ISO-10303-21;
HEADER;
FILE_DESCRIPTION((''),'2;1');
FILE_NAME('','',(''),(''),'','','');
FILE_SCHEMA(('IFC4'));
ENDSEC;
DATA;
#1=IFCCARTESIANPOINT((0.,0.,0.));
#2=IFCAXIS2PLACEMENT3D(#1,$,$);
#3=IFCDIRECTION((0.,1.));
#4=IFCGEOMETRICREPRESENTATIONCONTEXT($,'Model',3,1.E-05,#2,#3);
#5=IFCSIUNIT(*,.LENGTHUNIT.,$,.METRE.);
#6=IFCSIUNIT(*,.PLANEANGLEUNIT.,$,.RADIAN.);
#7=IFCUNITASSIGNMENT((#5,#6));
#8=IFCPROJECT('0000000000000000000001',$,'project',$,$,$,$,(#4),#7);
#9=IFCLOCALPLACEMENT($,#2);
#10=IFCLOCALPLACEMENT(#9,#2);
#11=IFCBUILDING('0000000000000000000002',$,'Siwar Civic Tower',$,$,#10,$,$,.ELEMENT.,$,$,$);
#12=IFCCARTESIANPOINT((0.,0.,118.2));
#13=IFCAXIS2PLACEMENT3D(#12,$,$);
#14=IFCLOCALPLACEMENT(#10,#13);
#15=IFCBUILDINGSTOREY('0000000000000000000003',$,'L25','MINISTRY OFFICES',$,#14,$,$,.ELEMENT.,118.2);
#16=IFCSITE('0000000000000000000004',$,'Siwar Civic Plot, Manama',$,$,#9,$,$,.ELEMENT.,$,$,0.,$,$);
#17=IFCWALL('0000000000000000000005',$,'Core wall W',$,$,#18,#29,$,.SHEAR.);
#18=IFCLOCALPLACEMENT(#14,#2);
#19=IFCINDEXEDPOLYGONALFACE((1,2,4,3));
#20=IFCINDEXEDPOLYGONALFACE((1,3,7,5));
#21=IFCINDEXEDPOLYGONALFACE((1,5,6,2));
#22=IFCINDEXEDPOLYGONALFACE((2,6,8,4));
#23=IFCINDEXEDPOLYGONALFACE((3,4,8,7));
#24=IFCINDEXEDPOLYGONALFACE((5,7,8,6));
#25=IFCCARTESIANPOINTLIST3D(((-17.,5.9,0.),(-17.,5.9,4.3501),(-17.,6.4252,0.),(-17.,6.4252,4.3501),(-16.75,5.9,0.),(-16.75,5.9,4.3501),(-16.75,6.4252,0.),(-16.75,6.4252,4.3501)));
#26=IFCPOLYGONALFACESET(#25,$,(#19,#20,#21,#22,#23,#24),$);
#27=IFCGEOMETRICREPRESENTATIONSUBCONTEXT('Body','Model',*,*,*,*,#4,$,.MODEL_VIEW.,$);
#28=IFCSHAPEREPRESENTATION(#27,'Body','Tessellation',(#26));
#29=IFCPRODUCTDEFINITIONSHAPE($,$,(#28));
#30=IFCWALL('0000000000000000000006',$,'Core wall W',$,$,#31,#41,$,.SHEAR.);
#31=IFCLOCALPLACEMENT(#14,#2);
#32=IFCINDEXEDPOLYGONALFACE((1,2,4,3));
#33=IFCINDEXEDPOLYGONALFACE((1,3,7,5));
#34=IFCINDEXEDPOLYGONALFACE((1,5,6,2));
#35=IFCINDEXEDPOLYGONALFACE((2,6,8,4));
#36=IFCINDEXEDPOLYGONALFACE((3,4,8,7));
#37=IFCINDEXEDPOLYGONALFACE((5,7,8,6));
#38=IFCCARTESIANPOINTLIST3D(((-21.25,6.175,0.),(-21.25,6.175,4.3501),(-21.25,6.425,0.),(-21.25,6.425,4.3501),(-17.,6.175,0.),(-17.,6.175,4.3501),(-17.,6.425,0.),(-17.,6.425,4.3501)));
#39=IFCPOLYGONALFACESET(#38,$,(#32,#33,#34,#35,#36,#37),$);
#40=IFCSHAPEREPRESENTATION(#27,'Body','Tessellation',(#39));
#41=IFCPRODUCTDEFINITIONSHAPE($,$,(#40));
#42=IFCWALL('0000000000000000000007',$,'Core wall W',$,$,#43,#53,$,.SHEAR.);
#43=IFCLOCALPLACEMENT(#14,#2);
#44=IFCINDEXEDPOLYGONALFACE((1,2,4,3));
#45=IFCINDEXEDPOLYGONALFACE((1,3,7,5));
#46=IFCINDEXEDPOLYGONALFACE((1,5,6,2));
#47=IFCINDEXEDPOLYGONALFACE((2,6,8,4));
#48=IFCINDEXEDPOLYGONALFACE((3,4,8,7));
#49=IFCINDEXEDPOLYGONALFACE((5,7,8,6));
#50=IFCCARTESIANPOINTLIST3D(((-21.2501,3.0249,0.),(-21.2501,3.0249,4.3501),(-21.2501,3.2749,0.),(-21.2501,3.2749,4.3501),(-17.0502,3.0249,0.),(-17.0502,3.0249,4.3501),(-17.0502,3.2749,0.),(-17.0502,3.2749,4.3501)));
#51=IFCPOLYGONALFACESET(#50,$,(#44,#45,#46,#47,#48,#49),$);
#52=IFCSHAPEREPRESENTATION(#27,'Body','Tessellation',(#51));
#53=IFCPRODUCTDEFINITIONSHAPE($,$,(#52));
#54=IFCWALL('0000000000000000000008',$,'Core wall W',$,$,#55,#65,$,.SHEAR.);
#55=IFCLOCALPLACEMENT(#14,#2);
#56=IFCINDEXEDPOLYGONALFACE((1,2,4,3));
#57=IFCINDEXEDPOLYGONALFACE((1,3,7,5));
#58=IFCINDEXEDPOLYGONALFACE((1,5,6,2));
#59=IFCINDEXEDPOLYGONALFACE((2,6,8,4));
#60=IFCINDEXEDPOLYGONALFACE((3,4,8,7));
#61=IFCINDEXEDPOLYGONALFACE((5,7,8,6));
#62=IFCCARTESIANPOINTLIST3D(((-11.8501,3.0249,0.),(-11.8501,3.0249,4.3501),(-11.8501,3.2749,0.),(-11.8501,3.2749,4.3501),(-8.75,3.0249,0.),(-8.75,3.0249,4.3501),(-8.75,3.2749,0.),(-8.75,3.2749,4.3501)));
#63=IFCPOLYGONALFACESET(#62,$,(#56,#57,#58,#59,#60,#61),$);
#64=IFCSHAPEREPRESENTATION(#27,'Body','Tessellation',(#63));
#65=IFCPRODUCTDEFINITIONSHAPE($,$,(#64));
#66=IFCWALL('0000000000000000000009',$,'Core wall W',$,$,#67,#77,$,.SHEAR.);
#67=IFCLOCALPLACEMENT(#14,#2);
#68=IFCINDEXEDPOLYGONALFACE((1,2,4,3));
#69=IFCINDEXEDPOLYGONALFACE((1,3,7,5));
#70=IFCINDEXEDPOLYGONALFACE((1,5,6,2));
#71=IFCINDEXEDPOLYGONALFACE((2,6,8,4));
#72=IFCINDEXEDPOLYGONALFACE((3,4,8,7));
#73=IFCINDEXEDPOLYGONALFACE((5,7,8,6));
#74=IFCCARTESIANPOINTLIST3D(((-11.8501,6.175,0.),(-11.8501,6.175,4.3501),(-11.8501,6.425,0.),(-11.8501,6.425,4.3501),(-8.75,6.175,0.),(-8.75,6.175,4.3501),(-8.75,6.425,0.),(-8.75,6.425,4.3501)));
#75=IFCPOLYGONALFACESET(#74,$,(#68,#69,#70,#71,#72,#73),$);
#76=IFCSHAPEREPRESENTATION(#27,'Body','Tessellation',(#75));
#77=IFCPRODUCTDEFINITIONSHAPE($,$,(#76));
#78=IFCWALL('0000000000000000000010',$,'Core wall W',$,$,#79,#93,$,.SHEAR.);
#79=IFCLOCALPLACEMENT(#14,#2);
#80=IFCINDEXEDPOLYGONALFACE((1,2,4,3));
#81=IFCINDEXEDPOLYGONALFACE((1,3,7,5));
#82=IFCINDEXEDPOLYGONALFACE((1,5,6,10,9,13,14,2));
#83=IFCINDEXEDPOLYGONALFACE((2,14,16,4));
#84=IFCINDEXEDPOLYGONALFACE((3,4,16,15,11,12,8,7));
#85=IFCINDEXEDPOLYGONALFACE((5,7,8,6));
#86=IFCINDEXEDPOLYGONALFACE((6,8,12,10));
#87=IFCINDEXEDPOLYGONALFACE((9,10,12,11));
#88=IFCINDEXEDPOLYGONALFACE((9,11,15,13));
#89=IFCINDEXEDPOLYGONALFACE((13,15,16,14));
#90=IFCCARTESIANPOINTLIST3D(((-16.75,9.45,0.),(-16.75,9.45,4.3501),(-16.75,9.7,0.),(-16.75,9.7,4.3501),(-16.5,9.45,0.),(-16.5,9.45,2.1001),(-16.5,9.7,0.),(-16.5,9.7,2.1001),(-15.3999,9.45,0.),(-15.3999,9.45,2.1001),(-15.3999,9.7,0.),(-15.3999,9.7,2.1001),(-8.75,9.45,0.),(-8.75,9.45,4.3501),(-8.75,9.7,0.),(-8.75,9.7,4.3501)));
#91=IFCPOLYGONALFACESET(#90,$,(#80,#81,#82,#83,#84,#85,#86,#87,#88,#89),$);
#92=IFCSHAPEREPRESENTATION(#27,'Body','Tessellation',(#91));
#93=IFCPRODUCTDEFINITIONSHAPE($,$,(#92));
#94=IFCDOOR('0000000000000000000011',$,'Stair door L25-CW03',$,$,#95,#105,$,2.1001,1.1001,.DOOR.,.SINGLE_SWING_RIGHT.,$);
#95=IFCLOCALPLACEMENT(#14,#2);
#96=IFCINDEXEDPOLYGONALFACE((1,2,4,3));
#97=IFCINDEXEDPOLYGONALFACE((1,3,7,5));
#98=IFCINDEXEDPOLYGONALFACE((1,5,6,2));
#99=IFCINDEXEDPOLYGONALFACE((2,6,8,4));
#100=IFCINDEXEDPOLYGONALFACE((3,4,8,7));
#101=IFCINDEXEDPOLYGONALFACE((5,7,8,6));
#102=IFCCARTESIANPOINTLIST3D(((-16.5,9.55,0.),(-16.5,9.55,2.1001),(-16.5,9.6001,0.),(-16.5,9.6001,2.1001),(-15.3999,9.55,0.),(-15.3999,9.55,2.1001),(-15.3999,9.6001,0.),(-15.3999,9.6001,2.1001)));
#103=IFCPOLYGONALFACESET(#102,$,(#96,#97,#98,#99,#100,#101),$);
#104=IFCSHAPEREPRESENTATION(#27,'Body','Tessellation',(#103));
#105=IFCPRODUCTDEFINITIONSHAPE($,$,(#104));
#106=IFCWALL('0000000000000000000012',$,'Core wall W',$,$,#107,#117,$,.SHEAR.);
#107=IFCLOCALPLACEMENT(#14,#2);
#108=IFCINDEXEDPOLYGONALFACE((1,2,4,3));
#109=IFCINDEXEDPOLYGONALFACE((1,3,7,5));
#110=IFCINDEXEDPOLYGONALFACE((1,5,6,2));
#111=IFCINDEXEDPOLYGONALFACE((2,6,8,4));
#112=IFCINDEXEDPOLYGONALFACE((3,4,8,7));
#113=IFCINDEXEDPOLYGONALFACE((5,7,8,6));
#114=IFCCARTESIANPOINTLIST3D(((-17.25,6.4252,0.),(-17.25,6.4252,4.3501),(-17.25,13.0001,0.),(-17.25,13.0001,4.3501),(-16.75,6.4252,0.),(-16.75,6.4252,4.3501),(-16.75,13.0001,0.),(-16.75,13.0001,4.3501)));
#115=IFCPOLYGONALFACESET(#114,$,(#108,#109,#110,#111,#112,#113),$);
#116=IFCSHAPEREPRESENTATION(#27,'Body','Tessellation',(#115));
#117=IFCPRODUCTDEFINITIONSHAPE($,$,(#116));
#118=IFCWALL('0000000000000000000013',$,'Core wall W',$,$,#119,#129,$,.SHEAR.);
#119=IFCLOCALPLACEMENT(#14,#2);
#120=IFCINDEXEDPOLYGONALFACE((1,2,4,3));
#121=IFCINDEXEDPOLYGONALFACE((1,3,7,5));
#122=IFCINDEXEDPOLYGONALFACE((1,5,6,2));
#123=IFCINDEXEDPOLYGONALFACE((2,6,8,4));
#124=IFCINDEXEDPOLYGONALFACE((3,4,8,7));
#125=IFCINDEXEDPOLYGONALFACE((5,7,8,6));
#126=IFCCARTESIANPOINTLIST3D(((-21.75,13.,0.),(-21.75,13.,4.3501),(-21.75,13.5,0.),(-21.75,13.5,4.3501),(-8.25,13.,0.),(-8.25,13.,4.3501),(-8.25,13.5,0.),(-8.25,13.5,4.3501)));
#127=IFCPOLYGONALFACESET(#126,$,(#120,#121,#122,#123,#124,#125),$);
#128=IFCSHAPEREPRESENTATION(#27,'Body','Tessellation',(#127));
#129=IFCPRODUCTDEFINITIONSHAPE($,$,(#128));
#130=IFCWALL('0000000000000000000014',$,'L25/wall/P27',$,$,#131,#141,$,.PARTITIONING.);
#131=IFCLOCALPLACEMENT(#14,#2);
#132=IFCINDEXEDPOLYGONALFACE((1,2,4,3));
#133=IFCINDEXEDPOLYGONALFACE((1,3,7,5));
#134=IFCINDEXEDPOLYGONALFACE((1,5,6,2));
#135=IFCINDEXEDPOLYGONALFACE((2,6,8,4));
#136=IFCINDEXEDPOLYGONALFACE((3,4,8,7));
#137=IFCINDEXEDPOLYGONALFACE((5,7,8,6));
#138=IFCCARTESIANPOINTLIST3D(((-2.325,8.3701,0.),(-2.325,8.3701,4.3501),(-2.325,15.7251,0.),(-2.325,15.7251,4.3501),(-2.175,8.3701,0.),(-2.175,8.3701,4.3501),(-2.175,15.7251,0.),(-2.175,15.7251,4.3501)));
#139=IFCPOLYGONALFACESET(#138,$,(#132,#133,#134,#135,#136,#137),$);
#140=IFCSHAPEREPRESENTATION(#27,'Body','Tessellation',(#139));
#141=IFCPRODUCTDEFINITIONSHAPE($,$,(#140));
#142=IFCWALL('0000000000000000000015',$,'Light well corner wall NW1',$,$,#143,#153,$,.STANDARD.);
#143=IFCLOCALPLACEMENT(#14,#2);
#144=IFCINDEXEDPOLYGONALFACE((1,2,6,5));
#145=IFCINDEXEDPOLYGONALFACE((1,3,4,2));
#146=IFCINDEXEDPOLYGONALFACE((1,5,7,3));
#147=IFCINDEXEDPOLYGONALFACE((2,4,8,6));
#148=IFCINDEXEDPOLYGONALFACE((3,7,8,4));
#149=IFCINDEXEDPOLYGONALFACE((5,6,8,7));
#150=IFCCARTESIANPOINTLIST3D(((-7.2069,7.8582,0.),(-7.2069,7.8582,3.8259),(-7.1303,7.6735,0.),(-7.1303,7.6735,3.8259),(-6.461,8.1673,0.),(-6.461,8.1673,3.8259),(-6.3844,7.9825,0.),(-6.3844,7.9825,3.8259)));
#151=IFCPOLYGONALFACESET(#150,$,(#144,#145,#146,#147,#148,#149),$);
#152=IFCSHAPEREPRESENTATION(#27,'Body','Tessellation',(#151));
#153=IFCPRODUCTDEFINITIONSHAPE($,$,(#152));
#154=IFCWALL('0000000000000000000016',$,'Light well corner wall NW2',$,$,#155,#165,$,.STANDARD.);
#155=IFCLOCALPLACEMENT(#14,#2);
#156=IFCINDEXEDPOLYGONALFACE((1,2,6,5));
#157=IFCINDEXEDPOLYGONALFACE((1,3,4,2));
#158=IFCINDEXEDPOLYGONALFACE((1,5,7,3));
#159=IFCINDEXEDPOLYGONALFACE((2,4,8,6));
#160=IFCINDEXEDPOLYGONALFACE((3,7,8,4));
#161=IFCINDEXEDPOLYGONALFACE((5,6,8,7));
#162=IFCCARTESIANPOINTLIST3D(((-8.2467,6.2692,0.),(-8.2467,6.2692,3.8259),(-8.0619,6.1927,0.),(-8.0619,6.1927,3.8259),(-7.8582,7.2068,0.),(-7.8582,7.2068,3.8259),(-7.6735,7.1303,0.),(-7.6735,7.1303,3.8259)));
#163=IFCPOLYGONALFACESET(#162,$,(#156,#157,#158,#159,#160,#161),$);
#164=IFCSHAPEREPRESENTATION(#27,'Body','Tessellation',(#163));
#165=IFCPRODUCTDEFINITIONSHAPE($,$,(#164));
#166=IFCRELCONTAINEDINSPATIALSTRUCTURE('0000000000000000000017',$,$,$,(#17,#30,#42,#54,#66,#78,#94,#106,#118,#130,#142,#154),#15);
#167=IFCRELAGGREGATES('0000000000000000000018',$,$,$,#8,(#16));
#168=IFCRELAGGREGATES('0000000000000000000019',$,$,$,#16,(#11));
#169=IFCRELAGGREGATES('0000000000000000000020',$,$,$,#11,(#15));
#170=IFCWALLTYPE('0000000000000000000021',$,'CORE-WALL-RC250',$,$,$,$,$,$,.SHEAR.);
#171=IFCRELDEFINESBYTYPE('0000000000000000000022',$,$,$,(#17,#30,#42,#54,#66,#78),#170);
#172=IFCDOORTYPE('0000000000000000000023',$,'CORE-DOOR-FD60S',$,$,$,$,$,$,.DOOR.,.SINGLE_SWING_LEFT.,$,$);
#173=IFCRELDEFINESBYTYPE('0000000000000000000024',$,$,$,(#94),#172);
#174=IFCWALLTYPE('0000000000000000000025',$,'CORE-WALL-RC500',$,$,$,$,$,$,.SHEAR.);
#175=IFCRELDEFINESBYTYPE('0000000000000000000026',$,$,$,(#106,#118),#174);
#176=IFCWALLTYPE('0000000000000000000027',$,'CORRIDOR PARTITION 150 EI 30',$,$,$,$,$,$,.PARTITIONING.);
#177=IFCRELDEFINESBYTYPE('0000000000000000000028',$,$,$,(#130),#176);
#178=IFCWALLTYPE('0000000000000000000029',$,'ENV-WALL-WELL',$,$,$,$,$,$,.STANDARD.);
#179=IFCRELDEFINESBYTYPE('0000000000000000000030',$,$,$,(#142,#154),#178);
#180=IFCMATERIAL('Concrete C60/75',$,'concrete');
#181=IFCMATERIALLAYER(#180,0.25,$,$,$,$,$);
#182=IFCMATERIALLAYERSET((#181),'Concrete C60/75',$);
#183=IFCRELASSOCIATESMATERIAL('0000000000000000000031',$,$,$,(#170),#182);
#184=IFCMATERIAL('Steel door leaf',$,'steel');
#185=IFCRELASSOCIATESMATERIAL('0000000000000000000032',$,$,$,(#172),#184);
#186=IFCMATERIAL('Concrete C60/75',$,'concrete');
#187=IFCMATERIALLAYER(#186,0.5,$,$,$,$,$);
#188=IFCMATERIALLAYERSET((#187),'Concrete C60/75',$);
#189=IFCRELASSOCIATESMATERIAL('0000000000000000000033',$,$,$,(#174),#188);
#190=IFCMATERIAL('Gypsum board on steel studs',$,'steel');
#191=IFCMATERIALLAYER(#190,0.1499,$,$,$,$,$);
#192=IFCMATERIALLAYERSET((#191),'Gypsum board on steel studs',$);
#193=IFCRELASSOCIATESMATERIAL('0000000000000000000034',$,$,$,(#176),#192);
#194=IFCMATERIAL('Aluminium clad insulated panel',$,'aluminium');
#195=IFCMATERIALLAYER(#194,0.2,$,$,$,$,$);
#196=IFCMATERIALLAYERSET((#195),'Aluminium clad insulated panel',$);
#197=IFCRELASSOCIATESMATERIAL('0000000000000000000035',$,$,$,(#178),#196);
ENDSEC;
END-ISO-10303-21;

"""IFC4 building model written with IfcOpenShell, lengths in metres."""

from ifc_helpers import new_model, si_unit, direction, frame, frame_2d, origin, place, context, subcontext, project, spatial, rectangle, extrude, material, layer, layer_set, type_object, element, fill, save


model = new_model("IFC4")

# Units and contexts
model_context = context("Model", 3, precision=1e-05, world=origin(), true_north=direction((0.0, 1.0)))
body_context = subcontext(model_context, "Body", "Model", "MODEL_VIEW")
ifc_project = project(units=[si_unit("LENGTHUNIT", "METRE"), si_unit("PLANEANGLEUNIT", "RADIAN")], contexts=[model_context])

# Site, building, storey
site_placement = place(None, origin())
site = spatial("IfcSite", under=ifc_project, at=site_placement, Name="Siwar Civic Plot, Manama", CompositionType="ELEMENT", RefElevation=0.0)
building_placement = place(site_placement, origin())
building = spatial("IfcBuilding", under=site, at=building_placement, Name="Siwar Civic Tower", CompositionType="ELEMENT")
storey_placement = place(building_placement, frame((0.0, 0.0, 118.2)))
storey = spatial("IfcBuildingStorey", under=building, at=storey_placement, Name="L25", Description="MINISTRY OFFICES", CompositionType="ELEMENT", Elevation=118.2)

# Shared definitions
ifc_material_1 = material(Name="Concrete C60/75", Category="concrete")
ifc_layer_1 = layer(ifc_material_1, 0.25)
ifc_layer_set_1 = layer_set([ifc_layer_1], Name="Concrete C60/75")
wall_type_1 = type_object("IfcWallType", Name="CORE-WALL-RC250", PredefinedType="SHEAR", material=ifc_layer_set_1)

# Walls
wall_1_placement = place(storey_placement, frame((-16.875, 5.8999, 0.0), z_axis=(0.0, 0.0, 1.0), x_axis=(0.0, 1.0, 0.0)))
element("IfcWall", 1, at=wall_1_placement, inside=storey, type_object=wall_type_1, Name="Core wall W", PredefinedType="SHEAR", context=body_context, shape_type="SweptSolid", body=[
    extrude(rectangle(XDim=0.5251, YDim=0.25, at=frame_2d((0.2627, 0.0))), origin(), (0.0, 0.0, 1.0), 4.3501),
])
wall_2_placement = place(storey_placement, frame((-17.0, 6.3, 0.0), z_axis=(0.0, 0.0, 1.0), x_axis=(-1.0, 0.0, 0.0)))
element("IfcWall", 2, at=wall_2_placement, inside=storey, type_object=wall_type_1, Name="Core wall W", PredefinedType="SHEAR", context=body_context, shape_type="SweptSolid", body=[
    extrude(rectangle(XDim=4.25, YDim=0.25, at=frame_2d((2.125, 0.0))), origin(), (0.0, 0.0, 1.0), 4.3501),
])
wall_3_placement = place(storey_placement, frame((-17.05, 3.1499, 0.0), z_axis=(0.0, 0.0, 1.0), x_axis=(-1.0, 0.0, 0.0)))
element("IfcWall", 3, at=wall_3_placement, inside=storey, type_object=wall_type_1, Name="Core wall W", PredefinedType="SHEAR", context=body_context, shape_type="SweptSolid", body=[
    extrude(rectangle(XDim=4.2, YDim=0.25, at=frame_2d((2.1001, 0.0))), origin(), (0.0, 0.0, 1.0), 4.3501),
])
for number, where, z_axis, x_axis, name in (
    (4, (-8.75, 3.1499, 0.0), (0.0, 0.0, 1.0), (-1.0, 0.0, 0.0), "Core wall W"),
    (5, (-8.75, 6.3, 0.0), (0.0, 0.0, 1.0), (-1.0, 0.0, 0.0), "Core wall W"),
):
    element("IfcWall", number, at=place(storey_placement, frame(where, z_axis=z_axis, x_axis=x_axis)), inside=storey, type_object=wall_type_1, Name=name, PredefinedType="SHEAR", context=body_context, shape_type="SweptSolid", body=[
        extrude(rectangle(XDim=3.1001, YDim=0.25, at=frame_2d((1.55, 0.0))), origin(), (0.0, 0.0, 1.0), 4.3501),
    ])

# Wall, opening, door
wall_4_placement = place(storey_placement, frame((-8.75, 9.575, 0.0), z_axis=(0.0, 0.0, 1.0), x_axis=(-1.0, 0.0, 0.0)))
wall_4 = element("IfcWall", 6, at=wall_4_placement, inside=storey, type_object=wall_type_1, Name="Core wall W", PredefinedType="SHEAR", context=body_context, shape_type="SweptSolid", body=[
    extrude(rectangle(XDim=8.0, YDim=0.25, at=frame_2d((4.0, 0.0))), origin(), (0.0, 0.0, 1.0), 4.3501),
])
opening_1_placement = place(wall_4_placement, frame((6.6499, 0.0, 0.0)))
opening_1 = element("IfcOpeningElement", 7, at=opening_1_placement, cuts=wall_4, PredefinedType="OPENING", context=body_context, shape_type="SweptSolid", body=[
    extrude(rectangle(XDim=1.1001, YDim=2.1001, at=frame_2d((0.55, 1.05))), frame((0.0, 0.135, 0.0), z_axis=(0.0, -1.0, 0.0), x_axis=(1.0, 0.0, 0.0)), (0.0, 0.0, 1.0), 0.27),
])
ifc_material_2 = material(Name="Steel door leaf", Category="steel")
door_type_1 = type_object("IfcDoorType", Name="CORE-DOOR-FD60S", OperationType="SINGLE_SWING_LEFT", PredefinedType="DOOR", material=ifc_material_2)
door_1_placement = place(opening_1_placement, origin())
door_1 = element("IfcDoor", 8, at=door_1_placement, inside=storey, type_object=door_type_1, Name="Stair door L25-CW03", OperationType="SINGLE_SWING_RIGHT", OverallHeight=2.1001, OverallWidth=1.1001, PredefinedType="DOOR", context=body_context, shape_type="SweptSolid", body=[
    extrude(rectangle(XDim=1.1001, YDim=2.1001, at=frame_2d((0.55, 1.05))), frame((0.0, 0.0249, 0.0), z_axis=(0.0, -1.0, 0.0), x_axis=(1.0, 0.0, 0.0)), (0.0, 0.0, 1.0), 0.05),
])
fill(opening_1, door_1)

# Walls
ifc_material_3 = material(Name="Concrete C60/75", Category="concrete")
ifc_layer_2 = layer(ifc_material_3, 0.5)
ifc_layer_set_2 = layer_set([ifc_layer_2], Name="Concrete C60/75")
wall_type_2 = type_object("IfcWallType", Name="CORE-WALL-RC500", PredefinedType="SHEAR", material=ifc_layer_set_2)
wall_5_placement = place(storey_placement, frame((-17.0, 6.425, 0.0), z_axis=(0.0, 0.0, 1.0), x_axis=(0.0, 1.0, 0.0)))
element("IfcWall", 9, at=wall_5_placement, inside=storey, type_object=wall_type_2, Name="Core wall W", PredefinedType="SHEAR", context=body_context, shape_type="SweptSolid", body=[
    extrude(rectangle(XDim=6.575, YDim=0.5, at=frame_2d((3.2876, 0.0))), origin(), (0.0, 0.0, 1.0), 4.3501),
])
wall_6_placement = place(storey_placement, frame((-8.25, 13.25, 0.0), z_axis=(0.0, 0.0, 1.0), x_axis=(-1.0, 0.0, 0.0)))
element("IfcWall", 10, at=wall_6_placement, inside=storey, type_object=wall_type_2, Name="Core wall W", PredefinedType="SHEAR", context=body_context, shape_type="SweptSolid", body=[
    extrude(rectangle(XDim=13.5, YDim=0.5, at=frame_2d((6.75, 0.0))), origin(), (0.0, 0.0, 1.0), 4.3501),
])
ifc_material_4 = material(Name="Gypsum board on steel studs", Category="steel")
ifc_layer_3 = layer(ifc_material_4, 0.1499)
ifc_layer_set_3 = layer_set([ifc_layer_3], Name="Gypsum board on steel studs")
wall_type_3 = type_object("IfcWallType", Name="CORRIDOR PARTITION 150 EI 30", PredefinedType="PARTITIONING", material=ifc_layer_set_3)
wall_7_placement = place(storey_placement, frame((-2.25, 8.3701, 0.0), z_axis=(0.0, 0.0, 1.0), x_axis=(0.0, 1.0, 0.0)))
element("IfcWall", 11, at=wall_7_placement, inside=storey, type_object=wall_type_3, Name="L25/wall/P27", PredefinedType="PARTITIONING", context=body_context, shape_type="SweptSolid", body=[
    extrude(rectangle(XDim=7.355, YDim=0.1499, at=frame_2d((3.6775, 0.0))), origin(), (0.0, 0.0, 1.0), 4.3501),
])
ifc_material_5 = material(Name="Aluminium clad insulated panel", Category="aluminium")
ifc_layer_4 = layer(ifc_material_5, 0.2)
ifc_layer_set_4 = layer_set([ifc_layer_4], Name="Aluminium clad insulated panel")
wall_type_4 = type_object("IfcWallType", Name="ENV-WALL-WELL", PredefinedType="STANDARD", material=ifc_layer_set_4)
wall_8_placement = place(storey_placement, frame((-6.4226, 8.075, 0.0), z_axis=(0.0, 0.0, 1.0), x_axis=(-0.923818, -0.382833, 0.0)))
element("IfcWall", 12, at=wall_8_placement, inside=storey, type_object=wall_type_4, Name="Light well corner wall NW1", PredefinedType="STANDARD", context=body_context, shape_type="SweptSolid", body=[
    extrude(rectangle(XDim=0.8074, YDim=0.2, at=frame_2d((0.4038, 0.0))), origin(), (0.0, 0.0, 1.0), 3.8259),
])
wall_9_placement = place(storey_placement, frame((-7.7659, 7.1685, 0.0), z_axis=(0.0, 0.0, 1.0), x_axis=(-0.38277, -0.923844, 0.0)))
element("IfcWall", 13, at=wall_9_placement, inside=storey, type_object=wall_type_4, Name="Light well corner wall NW2", PredefinedType="STANDARD", context=body_context, shape_type="SweptSolid", body=[
    extrude(rectangle(XDim=1.0149, YDim=0.2, at=frame_2d((0.5073, 0.0))), origin(), (0.0, 0.0, 1.0), 3.8259),
])

save(model, "model.ifc")
